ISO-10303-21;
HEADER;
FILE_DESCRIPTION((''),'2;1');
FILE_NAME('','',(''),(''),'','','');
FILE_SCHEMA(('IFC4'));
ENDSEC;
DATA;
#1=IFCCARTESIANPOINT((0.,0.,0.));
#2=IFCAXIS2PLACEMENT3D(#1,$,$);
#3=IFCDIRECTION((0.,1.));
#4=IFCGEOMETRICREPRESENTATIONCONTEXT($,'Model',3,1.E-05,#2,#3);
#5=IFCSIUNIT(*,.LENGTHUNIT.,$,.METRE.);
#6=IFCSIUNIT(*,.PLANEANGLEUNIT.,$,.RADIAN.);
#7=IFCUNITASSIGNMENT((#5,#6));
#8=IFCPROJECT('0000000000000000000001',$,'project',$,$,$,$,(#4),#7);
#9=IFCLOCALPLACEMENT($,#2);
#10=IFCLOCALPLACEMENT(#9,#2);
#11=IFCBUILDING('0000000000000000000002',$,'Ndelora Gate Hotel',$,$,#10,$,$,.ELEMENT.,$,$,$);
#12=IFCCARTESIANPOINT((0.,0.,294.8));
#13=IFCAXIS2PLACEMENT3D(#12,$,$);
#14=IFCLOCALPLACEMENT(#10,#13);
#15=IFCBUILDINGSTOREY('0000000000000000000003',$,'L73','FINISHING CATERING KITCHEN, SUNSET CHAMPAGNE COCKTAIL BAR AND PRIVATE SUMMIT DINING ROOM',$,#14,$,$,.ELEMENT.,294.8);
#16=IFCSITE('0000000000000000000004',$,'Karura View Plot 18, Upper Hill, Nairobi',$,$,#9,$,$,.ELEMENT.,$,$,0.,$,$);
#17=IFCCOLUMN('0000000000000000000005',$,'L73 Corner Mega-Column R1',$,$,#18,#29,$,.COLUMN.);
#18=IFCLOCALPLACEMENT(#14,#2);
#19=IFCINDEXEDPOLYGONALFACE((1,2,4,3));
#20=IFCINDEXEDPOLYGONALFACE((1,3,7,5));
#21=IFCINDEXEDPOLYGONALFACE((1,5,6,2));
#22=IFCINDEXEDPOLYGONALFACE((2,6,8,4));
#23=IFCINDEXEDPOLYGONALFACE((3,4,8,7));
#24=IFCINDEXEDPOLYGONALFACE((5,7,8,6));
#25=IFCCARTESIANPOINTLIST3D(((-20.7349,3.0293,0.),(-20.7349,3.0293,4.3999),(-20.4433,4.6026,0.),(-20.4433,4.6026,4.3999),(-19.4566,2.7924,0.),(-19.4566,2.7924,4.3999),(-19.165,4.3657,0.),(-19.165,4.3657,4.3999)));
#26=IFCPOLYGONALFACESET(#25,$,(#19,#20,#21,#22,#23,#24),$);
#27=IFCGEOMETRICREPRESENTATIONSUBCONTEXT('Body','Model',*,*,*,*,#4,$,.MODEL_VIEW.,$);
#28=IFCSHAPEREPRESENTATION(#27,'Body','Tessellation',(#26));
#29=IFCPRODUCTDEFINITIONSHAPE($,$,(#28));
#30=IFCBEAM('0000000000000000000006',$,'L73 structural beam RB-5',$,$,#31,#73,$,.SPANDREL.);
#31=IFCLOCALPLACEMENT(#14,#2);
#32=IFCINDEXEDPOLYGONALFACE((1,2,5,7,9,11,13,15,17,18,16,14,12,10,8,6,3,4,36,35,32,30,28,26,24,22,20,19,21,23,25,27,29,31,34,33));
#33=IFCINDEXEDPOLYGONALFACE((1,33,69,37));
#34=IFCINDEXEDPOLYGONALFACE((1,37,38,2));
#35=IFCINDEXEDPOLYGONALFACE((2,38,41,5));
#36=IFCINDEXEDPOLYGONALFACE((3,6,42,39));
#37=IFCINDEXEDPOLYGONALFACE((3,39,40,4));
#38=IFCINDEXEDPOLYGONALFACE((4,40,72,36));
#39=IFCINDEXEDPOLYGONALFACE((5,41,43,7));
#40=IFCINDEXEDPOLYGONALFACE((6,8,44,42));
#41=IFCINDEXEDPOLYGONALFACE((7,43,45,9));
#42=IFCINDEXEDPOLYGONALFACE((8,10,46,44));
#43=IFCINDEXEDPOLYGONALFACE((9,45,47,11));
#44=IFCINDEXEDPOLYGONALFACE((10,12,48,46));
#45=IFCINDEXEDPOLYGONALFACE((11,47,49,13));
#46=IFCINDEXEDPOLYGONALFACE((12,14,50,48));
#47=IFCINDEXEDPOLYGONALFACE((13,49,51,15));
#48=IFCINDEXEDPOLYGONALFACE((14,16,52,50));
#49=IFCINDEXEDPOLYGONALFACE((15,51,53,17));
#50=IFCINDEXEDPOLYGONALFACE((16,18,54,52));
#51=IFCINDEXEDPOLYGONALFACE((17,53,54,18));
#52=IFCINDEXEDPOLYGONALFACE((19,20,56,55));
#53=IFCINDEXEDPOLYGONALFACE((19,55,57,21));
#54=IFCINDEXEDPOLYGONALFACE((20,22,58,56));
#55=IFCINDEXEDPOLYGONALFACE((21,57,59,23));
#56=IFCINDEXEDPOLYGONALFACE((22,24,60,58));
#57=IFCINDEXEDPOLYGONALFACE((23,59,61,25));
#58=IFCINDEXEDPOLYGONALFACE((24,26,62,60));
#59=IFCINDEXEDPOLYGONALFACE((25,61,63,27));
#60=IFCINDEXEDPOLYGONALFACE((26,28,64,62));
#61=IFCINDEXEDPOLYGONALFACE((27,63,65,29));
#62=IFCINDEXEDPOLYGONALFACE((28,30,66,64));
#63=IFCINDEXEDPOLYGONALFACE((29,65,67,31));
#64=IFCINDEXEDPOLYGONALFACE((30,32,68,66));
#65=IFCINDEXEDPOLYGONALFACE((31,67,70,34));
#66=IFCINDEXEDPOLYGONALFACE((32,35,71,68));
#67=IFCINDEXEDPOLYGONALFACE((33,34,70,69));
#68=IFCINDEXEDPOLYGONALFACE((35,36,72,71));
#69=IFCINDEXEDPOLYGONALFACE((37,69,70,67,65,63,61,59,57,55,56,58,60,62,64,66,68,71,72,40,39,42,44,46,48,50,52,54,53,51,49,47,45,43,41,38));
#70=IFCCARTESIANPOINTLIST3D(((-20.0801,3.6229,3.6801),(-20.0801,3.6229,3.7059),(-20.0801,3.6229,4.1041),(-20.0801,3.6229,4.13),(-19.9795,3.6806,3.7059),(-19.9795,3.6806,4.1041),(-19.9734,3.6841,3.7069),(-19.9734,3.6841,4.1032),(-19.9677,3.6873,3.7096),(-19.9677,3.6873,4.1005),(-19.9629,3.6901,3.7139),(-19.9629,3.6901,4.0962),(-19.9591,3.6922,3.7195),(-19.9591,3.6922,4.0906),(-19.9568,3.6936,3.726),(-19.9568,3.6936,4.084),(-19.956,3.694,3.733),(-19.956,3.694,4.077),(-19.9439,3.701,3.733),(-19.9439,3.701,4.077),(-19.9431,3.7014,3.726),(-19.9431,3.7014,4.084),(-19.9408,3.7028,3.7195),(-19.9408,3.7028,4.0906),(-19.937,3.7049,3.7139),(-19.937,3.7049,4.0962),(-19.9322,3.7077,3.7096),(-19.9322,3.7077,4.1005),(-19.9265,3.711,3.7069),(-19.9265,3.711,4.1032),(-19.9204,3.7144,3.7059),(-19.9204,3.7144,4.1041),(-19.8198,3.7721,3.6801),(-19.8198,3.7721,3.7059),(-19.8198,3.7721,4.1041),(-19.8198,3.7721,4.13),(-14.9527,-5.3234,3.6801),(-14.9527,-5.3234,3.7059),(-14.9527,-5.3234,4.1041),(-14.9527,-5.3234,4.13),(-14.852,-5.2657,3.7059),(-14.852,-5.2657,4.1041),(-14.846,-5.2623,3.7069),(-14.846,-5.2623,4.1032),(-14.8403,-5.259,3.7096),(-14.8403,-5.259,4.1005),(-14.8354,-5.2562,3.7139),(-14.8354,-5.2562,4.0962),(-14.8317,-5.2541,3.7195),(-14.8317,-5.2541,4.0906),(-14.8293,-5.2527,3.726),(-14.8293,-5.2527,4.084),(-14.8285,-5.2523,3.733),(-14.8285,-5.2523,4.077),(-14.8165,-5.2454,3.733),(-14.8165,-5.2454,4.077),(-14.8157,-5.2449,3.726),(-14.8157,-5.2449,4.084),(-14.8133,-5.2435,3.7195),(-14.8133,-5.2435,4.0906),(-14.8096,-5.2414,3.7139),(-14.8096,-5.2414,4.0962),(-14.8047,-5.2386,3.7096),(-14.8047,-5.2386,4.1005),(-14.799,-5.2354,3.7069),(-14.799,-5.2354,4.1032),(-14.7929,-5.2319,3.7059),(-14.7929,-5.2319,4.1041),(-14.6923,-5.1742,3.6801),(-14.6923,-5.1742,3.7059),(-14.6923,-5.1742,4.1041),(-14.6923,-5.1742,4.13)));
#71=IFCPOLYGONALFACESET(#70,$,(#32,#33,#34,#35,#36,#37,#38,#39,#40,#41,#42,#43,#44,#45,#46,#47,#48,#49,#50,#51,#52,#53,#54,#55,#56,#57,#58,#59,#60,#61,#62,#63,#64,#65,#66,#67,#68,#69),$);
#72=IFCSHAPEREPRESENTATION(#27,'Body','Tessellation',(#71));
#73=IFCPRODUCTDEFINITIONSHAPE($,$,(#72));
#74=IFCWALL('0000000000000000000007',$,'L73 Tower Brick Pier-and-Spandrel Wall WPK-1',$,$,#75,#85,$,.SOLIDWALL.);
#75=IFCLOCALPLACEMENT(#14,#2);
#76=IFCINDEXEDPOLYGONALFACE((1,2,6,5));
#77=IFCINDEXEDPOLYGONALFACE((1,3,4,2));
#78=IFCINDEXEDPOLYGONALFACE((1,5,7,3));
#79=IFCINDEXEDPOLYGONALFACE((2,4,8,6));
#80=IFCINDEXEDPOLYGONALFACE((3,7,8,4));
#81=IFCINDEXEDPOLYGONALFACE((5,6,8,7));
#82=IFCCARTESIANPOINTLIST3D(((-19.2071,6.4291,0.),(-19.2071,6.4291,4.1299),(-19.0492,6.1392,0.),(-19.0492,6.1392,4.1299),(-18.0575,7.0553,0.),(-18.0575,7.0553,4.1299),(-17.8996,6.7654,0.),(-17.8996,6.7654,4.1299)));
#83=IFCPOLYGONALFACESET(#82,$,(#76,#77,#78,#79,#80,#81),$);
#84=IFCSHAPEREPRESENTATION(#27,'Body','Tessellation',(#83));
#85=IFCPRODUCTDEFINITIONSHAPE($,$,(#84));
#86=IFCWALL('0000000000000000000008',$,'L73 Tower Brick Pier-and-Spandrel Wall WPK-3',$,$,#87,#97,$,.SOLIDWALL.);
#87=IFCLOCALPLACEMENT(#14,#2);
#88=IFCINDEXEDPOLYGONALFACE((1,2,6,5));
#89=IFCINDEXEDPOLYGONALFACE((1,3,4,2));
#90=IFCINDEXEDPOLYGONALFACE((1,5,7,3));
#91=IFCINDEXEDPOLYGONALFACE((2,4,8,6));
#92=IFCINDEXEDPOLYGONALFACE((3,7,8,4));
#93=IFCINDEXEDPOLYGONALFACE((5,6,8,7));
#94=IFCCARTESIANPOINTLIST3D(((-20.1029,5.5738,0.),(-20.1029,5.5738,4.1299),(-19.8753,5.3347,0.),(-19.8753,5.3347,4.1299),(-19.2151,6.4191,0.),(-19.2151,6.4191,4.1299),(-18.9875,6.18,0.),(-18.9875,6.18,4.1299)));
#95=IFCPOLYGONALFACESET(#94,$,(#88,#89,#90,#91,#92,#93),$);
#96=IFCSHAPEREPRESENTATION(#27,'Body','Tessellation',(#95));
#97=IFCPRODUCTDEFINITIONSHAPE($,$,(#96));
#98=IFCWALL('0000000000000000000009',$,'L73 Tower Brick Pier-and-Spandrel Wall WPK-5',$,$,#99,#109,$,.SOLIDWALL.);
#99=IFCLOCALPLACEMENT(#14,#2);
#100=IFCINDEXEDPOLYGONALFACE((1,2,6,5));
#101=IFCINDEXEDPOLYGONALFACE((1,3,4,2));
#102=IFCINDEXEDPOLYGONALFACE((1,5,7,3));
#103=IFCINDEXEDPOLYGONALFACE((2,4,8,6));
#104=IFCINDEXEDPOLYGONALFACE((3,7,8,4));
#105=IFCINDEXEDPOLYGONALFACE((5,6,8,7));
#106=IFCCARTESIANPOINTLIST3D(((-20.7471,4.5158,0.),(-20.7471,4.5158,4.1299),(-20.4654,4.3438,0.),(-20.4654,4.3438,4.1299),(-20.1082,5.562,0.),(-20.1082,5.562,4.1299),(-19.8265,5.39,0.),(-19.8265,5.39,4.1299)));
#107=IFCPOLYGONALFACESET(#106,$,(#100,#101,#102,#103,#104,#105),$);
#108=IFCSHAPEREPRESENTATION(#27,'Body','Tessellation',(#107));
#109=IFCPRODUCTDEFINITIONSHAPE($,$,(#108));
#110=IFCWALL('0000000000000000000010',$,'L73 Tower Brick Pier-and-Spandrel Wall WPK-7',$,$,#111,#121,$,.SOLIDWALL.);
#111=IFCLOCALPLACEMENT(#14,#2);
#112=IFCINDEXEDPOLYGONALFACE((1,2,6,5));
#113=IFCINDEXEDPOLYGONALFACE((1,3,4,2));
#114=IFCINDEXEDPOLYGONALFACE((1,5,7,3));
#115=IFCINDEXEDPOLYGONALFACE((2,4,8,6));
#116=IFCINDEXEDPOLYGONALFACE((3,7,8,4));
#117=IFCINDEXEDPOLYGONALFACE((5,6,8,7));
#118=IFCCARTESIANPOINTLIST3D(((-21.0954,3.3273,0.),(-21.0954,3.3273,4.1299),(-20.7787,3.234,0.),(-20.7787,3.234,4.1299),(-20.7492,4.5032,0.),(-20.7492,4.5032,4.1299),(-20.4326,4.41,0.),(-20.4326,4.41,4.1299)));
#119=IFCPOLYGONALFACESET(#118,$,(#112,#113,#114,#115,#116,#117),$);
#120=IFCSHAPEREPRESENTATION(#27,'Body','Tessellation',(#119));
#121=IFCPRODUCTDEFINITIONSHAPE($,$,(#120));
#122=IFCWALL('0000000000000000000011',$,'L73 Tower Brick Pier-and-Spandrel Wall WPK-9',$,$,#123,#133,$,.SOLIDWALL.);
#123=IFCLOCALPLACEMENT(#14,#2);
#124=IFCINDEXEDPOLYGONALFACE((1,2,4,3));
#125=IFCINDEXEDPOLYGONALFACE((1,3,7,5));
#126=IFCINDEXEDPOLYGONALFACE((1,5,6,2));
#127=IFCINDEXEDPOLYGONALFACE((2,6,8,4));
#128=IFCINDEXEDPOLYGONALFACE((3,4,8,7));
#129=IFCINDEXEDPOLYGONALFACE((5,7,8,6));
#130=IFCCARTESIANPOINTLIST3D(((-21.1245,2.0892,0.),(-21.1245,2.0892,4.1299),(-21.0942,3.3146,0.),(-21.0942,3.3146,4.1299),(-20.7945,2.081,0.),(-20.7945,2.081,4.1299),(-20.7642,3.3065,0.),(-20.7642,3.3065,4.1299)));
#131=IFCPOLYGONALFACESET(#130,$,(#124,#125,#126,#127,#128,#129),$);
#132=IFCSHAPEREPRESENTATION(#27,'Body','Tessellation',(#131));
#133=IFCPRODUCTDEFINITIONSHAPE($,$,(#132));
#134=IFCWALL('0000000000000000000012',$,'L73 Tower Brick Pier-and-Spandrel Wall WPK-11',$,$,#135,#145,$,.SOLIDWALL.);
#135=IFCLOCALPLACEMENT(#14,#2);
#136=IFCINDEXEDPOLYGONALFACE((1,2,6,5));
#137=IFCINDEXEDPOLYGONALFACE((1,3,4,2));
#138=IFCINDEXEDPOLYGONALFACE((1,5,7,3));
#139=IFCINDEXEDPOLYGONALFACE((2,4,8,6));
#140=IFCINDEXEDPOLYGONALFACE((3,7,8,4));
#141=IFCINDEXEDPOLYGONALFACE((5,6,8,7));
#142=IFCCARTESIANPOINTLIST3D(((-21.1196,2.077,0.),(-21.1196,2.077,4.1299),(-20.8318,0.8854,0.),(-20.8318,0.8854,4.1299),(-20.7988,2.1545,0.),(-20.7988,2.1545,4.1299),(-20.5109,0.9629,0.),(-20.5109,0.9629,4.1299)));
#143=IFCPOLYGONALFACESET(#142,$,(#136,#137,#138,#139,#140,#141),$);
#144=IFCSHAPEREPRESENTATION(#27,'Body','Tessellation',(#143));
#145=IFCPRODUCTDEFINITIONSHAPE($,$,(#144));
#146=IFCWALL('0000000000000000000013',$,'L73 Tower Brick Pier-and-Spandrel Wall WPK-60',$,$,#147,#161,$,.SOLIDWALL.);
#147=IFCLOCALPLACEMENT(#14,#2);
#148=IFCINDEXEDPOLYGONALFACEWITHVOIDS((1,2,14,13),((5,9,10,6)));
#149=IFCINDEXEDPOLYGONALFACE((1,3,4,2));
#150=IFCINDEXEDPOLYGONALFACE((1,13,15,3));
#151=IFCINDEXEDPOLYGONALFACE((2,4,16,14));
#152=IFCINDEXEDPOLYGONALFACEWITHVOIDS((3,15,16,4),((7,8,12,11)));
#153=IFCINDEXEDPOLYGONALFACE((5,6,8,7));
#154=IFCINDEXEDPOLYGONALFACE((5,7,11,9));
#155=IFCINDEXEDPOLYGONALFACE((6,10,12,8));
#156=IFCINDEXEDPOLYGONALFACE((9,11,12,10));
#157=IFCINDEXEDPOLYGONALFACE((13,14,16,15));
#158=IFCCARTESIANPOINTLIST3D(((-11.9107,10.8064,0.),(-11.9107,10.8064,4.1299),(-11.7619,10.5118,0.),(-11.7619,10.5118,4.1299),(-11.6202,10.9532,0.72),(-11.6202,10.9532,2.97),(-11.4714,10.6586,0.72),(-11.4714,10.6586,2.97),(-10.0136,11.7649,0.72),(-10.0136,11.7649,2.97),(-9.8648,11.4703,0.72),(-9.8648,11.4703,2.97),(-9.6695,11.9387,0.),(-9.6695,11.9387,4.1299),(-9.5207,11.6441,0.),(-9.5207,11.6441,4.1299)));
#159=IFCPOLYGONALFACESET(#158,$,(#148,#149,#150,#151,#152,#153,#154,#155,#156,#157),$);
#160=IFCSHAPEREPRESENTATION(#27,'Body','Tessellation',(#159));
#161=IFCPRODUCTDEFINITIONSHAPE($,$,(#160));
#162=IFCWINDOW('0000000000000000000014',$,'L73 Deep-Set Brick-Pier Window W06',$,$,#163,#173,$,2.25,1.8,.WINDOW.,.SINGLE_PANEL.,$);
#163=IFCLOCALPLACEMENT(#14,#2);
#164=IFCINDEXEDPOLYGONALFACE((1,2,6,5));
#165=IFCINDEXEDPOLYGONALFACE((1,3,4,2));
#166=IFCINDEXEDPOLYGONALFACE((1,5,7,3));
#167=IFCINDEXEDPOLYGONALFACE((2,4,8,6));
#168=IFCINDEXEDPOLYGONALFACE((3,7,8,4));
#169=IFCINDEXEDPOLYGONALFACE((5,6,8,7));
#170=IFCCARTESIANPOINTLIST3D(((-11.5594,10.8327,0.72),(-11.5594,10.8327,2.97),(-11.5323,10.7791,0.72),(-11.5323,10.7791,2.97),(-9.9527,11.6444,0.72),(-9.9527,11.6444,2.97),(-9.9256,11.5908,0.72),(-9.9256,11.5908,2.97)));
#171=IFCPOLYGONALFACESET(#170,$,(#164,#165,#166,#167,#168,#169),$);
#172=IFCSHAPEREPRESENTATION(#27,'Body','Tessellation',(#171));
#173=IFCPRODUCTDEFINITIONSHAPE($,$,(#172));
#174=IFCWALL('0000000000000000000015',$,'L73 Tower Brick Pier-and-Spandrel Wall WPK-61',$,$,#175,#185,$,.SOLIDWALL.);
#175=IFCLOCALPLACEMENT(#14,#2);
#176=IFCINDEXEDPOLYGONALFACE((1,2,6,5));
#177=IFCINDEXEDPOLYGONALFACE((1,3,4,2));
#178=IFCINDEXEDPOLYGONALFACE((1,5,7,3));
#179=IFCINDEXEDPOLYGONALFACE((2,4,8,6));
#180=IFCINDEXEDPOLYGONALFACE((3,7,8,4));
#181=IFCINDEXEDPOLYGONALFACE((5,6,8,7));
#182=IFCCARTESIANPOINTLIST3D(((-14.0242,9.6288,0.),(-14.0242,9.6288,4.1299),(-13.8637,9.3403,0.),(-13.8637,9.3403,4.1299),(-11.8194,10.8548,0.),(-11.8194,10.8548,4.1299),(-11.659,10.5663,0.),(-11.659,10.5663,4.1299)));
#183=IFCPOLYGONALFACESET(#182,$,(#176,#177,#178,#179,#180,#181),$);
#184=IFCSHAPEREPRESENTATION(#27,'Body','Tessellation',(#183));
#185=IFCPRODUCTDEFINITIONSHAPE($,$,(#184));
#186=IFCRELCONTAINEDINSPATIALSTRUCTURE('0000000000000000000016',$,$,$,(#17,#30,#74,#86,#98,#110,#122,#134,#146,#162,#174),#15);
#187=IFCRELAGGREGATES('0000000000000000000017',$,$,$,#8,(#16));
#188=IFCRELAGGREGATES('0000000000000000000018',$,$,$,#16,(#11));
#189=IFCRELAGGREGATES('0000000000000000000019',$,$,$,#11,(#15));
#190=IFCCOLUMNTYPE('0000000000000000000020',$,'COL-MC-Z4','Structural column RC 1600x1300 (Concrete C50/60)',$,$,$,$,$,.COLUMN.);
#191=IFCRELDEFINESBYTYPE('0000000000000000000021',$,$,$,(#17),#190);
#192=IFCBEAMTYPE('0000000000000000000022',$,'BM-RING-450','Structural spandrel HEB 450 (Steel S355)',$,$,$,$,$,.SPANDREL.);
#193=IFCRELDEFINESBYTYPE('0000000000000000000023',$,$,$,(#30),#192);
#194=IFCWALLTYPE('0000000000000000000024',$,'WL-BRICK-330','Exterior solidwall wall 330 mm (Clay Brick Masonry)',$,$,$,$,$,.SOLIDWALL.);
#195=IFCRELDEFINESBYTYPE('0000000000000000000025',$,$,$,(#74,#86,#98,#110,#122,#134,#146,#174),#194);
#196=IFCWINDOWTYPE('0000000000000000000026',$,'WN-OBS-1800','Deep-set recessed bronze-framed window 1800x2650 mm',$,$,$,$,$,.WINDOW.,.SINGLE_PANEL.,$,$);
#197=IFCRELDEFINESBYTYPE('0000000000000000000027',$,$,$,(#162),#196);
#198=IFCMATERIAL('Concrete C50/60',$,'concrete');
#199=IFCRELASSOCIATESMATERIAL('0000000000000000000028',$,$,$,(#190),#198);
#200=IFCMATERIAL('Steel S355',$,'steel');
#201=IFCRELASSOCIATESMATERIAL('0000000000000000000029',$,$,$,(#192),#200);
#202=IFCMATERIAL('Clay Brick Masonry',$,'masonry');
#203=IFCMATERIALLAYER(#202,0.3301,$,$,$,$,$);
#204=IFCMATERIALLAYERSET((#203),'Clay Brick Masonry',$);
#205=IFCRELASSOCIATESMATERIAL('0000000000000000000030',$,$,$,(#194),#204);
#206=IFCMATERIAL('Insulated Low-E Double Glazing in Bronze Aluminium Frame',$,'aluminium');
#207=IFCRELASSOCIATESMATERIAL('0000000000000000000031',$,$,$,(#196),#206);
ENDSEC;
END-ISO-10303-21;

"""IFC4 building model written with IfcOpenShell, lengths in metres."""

from ifc_helpers import new_model, si_unit, direction, frame, frame_2d, origin, origin_2d, place, context, subcontext, project, spatial, rectangle, i_section, extrude, material, layer, layer_set, material_profile, profile_set, type_object, element, fill, save


model = new_model("IFC4")

# Units and contexts
model_context = context("Model", 3, precision=1e-05, world=origin(), true_north=direction((0.0, 1.0)))
body_context = subcontext(model_context, "Body", "Model", "MODEL_VIEW")
ifc_project = project(units=[si_unit("LENGTHUNIT", "METRE"), si_unit("PLANEANGLEUNIT", "RADIAN")], contexts=[model_context])

# Site, building, storey
site_placement = place(None, origin())
site = spatial("IfcSite", under=ifc_project, at=site_placement, Name="Karura View Plot 18, Upper Hill, Nairobi", CompositionType="ELEMENT", RefElevation=0.0)
building_placement = place(site_placement, origin())
building = spatial("IfcBuilding", under=site, at=building_placement, Name="Ndelora Gate Hotel", CompositionType="ELEMENT")
storey_placement = place(building_placement, frame((0.0, 0.0, 294.8)))
storey = spatial("IfcBuildingStorey", under=building, at=storey_placement, Name="L73", Description="FINISHING CATERING KITCHEN, SUNSET CHAMPAGNE COCKTAIL BAR AND PRIVATE SUMMIT DINING ROOM", CompositionType="ELEMENT", Elevation=294.8)

# Column
ifc_material_1 = material(Name="Concrete C50/60", Category="concrete")
ifc_material_profile_1 = material_profile(ifc_material_1, rectangle(XDim=1.3, YDim=1.6001, at=origin_2d()), Name="RC 1600x1300")
ifc_profile_set_1 = profile_set([ifc_material_profile_1], Name="Concrete C50/60")
column_type = type_object("IfcColumnType", Name="COL-MC-Z4", Description="Structural column RC 1600x1300 (Concrete C50/60)", PredefinedType="COLUMN", material=ifc_profile_set_1)
column_placement = place(storey_placement, frame((-19.95, 3.6975, 0.0), z_axis=(0.0, 0.0, 1.0), x_axis=(-0.983255, 0.182236, 0.0)))
element("IfcColumn", 1, at=column_placement, inside=storey, type_object=column_type, Name="L73 Corner Mega-Column R1", PredefinedType="COLUMN", context=body_context, shape_type="SweptSolid", body=[
    extrude(rectangle(XDim=1.3, YDim=1.6001, at=origin_2d()), origin(), (0.0, 0.0, 1.0), 4.3999),
])

# Beam
ifc_material_2 = material(Name="Steel S355", Category="steel")
ifc_material_profile_2 = material_profile(ifc_material_2, i_section(OverallWidth=0.3, OverallDepth=0.45, WebThickness=0.0139, FlangeThickness=0.0259, FilletRadius=0.0271, at=origin_2d()), Name="HEB 450")
ifc_profile_set_2 = profile_set([ifc_material_profile_2], Name="Steel S355")
beam_type = type_object("IfcBeamType", Name="BM-RING-450", Description="Structural spandrel HEB 450 (Steel S355)", PredefinedType="SPANDREL", material=ifc_profile_set_2)
beam_placement = place(storey_placement, frame((-19.95, 3.6975, 3.905), z_axis=(0.497255, -0.867604, 0.0), x_axis=(0.867604, 0.497255, 0.0)))
element("IfcBeam", 2, at=beam_placement, inside=storey, type_object=beam_type, Name="L73 structural beam RB-5", PredefinedType="SPANDREL", context=body_context, shape_type="SweptSolid", body=[
    extrude(i_section(OverallWidth=0.3, OverallDepth=0.45, WebThickness=0.0139, FlangeThickness=0.0259, FilletRadius=0.0271, at=origin_2d()), origin(), (0.0, 0.0, 1.0), 10.3115),
])

# Walls
ifc_material_3 = material(Name="Clay Brick Masonry", Category="masonry")
ifc_layer_1 = layer(ifc_material_3, 0.3301)
ifc_layer_set_1 = layer_set([ifc_layer_1], Name="Clay Brick Masonry")
wall_type_1 = type_object("IfcWallType", Name="WL-BRICK-330", Description="Exterior solidwall wall 330 mm (Clay Brick Masonry)", PredefinedType="SOLIDWALL", material=ifc_layer_set_1)
wall_1_placement = place(storey_placement, frame((-19.1282, 6.2842, 0.0), z_axis=(0.0, 0.0, 1.0), x_axis=(0.878173, 0.478342, 0.0)))
element("IfcWall", 3, at=wall_1_placement, inside=storey, type_object=wall_type_1, Name="L73 Tower Brick Pier-and-Spandrel Wall WPK-1", PredefinedType="SOLIDWALL", context=body_context, shape_type="SweptSolid", body=[
    extrude(rectangle(XDim=1.3091, YDim=0.3301, at=frame_2d((0.6545, 0.0))), origin(), (0.0, 0.0, 1.0), 4.1299),
])
for number, where, z_axis, x_axis, name in (
    (4, (-19.989, 5.4543, 0.0), (0.0, 0.0, 1.0), (0.724223, 0.689566, 0.0), "L73 Tower Brick Pier-and-Spandrel Wall WPK-3"),
    (5, (-20.6062, 4.4299, 0.0), (0.0, 0.0, 1.0), (0.521216, 0.853425, 0.0), "L73 Tower Brick Pier-and-Spandrel Wall WPK-5"),
    (6, (-20.937, 3.2808, 0.0), (0.0, 0.0, 1.0), (0.282393, 0.959299, 0.0), "L73 Tower Brick Pier-and-Spandrel Wall WPK-7"),
    (7, (-20.9595, 2.0852, 0.0), (0.0, 0.0, 1.0), (0.024699, 0.999695, 0.0), "L73 Tower Brick Pier-and-Spandrel Wall WPK-9"),
    (8, (-20.6714, 0.9243, 0.0), (0.0, 0.0, 1.0), (-0.234796, 0.972045, 0.0), "L73 Tower Brick Pier-and-Spandrel Wall WPK-11"),
):
    element("IfcWall", number, at=place(storey_placement, frame(where, z_axis=z_axis, x_axis=x_axis)), inside=storey, type_object=wall_type_1, Name=name, PredefinedType="SOLIDWALL", context=body_context, shape_type="SweptSolid", body=[
        extrude(rectangle(XDim=1.2258, YDim=0.3301, at=frame_2d((0.6128, 0.0))), origin(), (0.0, 0.0, 1.0), 4.1299),
    ])

# Wall, opening, window
wall_2_placement = place(storey_placement, frame((-11.8362, 10.6592, 0.0), z_axis=(0.0, 0.0, 1.0), x_axis=(0.892553, 0.450943, 0.0)))
wall_2 = element("IfcWall", 9, at=wall_2_placement, inside=storey, type_object=wall_type_1, Name="L73 Tower Brick Pier-and-Spandrel Wall WPK-60", PredefinedType="SOLIDWALL", context=body_context, shape_type="SweptSolid", body=[
    extrude(rectangle(XDim=2.511, YDim=0.3301, at=frame_2d((1.2554, 0.0))), origin(), (0.0, 0.0, 1.0), 4.1299),
])
opening_1_placement = place(wall_2_placement, frame((0.3254, 0.0, 0.72)))
opening_1 = element("IfcOpeningElement", 10, at=opening_1_placement, cuts=wall_2, PredefinedType="OPENING", context=body_context, shape_type="SweptSolid", body=[
    extrude(rectangle(XDim=1.8, YDim=2.25, at=frame_2d((0.8999, 1.125))), frame((0.0, 0.175, 0.0), z_axis=(0.0, -1.0, 0.0), x_axis=(1.0, 0.0, 0.0)), (0.0, 0.0, 1.0), 0.3501),
])
ifc_material_4 = material(Name="Insulated Low-E Double Glazing in Bronze Aluminium Frame", Category="aluminium")
window_type = type_object("IfcWindowType", Name="WN-OBS-1800", Description="Deep-set recessed bronze-framed window 1800x2650 mm", PartitioningType="SINGLE_PANEL", PredefinedType="WINDOW", material=ifc_material_4)
window_1_placement = place(opening_1_placement, origin())
window_1 = element("IfcWindow", 11, at=window_1_placement, inside=storey, type_object=window_type, Name="L73 Deep-Set Brick-Pier Window W06", OverallHeight=2.25, OverallWidth=1.8, PartitioningType="SINGLE_PANEL", PredefinedType="WINDOW", context=body_context, shape_type="SweptSolid", body=[
    extrude(rectangle(XDim=1.8, YDim=2.25, at=frame_2d((0.8999, 1.125))), frame((0.0, 0.03, 0.0), z_axis=(0.0, -1.0, 0.0), x_axis=(1.0, 0.0, 0.0)), (0.0, 0.0, 1.0), 0.0601),
])
fill(opening_1, window_1)

# Wall
wall_3_placement = place(storey_placement, frame((-13.9438, 9.4846, 0.0), z_axis=(0.0, 0.0, 1.0), x_axis=(0.873961, 0.485996, 0.0)))
element("IfcWall", 12, at=wall_3_placement, inside=storey, type_object=wall_type_1, Name="L73 Tower Brick Pier-and-Spandrel Wall WPK-61", PredefinedType="SOLIDWALL", context=body_context, shape_type="SweptSolid", body=[
    extrude(rectangle(XDim=2.5227, YDim=0.3301, at=frame_2d((1.2612, 0.0))), origin(), (0.0, 0.0, 1.0), 4.1299),
])

save(model, "model.ifc")
